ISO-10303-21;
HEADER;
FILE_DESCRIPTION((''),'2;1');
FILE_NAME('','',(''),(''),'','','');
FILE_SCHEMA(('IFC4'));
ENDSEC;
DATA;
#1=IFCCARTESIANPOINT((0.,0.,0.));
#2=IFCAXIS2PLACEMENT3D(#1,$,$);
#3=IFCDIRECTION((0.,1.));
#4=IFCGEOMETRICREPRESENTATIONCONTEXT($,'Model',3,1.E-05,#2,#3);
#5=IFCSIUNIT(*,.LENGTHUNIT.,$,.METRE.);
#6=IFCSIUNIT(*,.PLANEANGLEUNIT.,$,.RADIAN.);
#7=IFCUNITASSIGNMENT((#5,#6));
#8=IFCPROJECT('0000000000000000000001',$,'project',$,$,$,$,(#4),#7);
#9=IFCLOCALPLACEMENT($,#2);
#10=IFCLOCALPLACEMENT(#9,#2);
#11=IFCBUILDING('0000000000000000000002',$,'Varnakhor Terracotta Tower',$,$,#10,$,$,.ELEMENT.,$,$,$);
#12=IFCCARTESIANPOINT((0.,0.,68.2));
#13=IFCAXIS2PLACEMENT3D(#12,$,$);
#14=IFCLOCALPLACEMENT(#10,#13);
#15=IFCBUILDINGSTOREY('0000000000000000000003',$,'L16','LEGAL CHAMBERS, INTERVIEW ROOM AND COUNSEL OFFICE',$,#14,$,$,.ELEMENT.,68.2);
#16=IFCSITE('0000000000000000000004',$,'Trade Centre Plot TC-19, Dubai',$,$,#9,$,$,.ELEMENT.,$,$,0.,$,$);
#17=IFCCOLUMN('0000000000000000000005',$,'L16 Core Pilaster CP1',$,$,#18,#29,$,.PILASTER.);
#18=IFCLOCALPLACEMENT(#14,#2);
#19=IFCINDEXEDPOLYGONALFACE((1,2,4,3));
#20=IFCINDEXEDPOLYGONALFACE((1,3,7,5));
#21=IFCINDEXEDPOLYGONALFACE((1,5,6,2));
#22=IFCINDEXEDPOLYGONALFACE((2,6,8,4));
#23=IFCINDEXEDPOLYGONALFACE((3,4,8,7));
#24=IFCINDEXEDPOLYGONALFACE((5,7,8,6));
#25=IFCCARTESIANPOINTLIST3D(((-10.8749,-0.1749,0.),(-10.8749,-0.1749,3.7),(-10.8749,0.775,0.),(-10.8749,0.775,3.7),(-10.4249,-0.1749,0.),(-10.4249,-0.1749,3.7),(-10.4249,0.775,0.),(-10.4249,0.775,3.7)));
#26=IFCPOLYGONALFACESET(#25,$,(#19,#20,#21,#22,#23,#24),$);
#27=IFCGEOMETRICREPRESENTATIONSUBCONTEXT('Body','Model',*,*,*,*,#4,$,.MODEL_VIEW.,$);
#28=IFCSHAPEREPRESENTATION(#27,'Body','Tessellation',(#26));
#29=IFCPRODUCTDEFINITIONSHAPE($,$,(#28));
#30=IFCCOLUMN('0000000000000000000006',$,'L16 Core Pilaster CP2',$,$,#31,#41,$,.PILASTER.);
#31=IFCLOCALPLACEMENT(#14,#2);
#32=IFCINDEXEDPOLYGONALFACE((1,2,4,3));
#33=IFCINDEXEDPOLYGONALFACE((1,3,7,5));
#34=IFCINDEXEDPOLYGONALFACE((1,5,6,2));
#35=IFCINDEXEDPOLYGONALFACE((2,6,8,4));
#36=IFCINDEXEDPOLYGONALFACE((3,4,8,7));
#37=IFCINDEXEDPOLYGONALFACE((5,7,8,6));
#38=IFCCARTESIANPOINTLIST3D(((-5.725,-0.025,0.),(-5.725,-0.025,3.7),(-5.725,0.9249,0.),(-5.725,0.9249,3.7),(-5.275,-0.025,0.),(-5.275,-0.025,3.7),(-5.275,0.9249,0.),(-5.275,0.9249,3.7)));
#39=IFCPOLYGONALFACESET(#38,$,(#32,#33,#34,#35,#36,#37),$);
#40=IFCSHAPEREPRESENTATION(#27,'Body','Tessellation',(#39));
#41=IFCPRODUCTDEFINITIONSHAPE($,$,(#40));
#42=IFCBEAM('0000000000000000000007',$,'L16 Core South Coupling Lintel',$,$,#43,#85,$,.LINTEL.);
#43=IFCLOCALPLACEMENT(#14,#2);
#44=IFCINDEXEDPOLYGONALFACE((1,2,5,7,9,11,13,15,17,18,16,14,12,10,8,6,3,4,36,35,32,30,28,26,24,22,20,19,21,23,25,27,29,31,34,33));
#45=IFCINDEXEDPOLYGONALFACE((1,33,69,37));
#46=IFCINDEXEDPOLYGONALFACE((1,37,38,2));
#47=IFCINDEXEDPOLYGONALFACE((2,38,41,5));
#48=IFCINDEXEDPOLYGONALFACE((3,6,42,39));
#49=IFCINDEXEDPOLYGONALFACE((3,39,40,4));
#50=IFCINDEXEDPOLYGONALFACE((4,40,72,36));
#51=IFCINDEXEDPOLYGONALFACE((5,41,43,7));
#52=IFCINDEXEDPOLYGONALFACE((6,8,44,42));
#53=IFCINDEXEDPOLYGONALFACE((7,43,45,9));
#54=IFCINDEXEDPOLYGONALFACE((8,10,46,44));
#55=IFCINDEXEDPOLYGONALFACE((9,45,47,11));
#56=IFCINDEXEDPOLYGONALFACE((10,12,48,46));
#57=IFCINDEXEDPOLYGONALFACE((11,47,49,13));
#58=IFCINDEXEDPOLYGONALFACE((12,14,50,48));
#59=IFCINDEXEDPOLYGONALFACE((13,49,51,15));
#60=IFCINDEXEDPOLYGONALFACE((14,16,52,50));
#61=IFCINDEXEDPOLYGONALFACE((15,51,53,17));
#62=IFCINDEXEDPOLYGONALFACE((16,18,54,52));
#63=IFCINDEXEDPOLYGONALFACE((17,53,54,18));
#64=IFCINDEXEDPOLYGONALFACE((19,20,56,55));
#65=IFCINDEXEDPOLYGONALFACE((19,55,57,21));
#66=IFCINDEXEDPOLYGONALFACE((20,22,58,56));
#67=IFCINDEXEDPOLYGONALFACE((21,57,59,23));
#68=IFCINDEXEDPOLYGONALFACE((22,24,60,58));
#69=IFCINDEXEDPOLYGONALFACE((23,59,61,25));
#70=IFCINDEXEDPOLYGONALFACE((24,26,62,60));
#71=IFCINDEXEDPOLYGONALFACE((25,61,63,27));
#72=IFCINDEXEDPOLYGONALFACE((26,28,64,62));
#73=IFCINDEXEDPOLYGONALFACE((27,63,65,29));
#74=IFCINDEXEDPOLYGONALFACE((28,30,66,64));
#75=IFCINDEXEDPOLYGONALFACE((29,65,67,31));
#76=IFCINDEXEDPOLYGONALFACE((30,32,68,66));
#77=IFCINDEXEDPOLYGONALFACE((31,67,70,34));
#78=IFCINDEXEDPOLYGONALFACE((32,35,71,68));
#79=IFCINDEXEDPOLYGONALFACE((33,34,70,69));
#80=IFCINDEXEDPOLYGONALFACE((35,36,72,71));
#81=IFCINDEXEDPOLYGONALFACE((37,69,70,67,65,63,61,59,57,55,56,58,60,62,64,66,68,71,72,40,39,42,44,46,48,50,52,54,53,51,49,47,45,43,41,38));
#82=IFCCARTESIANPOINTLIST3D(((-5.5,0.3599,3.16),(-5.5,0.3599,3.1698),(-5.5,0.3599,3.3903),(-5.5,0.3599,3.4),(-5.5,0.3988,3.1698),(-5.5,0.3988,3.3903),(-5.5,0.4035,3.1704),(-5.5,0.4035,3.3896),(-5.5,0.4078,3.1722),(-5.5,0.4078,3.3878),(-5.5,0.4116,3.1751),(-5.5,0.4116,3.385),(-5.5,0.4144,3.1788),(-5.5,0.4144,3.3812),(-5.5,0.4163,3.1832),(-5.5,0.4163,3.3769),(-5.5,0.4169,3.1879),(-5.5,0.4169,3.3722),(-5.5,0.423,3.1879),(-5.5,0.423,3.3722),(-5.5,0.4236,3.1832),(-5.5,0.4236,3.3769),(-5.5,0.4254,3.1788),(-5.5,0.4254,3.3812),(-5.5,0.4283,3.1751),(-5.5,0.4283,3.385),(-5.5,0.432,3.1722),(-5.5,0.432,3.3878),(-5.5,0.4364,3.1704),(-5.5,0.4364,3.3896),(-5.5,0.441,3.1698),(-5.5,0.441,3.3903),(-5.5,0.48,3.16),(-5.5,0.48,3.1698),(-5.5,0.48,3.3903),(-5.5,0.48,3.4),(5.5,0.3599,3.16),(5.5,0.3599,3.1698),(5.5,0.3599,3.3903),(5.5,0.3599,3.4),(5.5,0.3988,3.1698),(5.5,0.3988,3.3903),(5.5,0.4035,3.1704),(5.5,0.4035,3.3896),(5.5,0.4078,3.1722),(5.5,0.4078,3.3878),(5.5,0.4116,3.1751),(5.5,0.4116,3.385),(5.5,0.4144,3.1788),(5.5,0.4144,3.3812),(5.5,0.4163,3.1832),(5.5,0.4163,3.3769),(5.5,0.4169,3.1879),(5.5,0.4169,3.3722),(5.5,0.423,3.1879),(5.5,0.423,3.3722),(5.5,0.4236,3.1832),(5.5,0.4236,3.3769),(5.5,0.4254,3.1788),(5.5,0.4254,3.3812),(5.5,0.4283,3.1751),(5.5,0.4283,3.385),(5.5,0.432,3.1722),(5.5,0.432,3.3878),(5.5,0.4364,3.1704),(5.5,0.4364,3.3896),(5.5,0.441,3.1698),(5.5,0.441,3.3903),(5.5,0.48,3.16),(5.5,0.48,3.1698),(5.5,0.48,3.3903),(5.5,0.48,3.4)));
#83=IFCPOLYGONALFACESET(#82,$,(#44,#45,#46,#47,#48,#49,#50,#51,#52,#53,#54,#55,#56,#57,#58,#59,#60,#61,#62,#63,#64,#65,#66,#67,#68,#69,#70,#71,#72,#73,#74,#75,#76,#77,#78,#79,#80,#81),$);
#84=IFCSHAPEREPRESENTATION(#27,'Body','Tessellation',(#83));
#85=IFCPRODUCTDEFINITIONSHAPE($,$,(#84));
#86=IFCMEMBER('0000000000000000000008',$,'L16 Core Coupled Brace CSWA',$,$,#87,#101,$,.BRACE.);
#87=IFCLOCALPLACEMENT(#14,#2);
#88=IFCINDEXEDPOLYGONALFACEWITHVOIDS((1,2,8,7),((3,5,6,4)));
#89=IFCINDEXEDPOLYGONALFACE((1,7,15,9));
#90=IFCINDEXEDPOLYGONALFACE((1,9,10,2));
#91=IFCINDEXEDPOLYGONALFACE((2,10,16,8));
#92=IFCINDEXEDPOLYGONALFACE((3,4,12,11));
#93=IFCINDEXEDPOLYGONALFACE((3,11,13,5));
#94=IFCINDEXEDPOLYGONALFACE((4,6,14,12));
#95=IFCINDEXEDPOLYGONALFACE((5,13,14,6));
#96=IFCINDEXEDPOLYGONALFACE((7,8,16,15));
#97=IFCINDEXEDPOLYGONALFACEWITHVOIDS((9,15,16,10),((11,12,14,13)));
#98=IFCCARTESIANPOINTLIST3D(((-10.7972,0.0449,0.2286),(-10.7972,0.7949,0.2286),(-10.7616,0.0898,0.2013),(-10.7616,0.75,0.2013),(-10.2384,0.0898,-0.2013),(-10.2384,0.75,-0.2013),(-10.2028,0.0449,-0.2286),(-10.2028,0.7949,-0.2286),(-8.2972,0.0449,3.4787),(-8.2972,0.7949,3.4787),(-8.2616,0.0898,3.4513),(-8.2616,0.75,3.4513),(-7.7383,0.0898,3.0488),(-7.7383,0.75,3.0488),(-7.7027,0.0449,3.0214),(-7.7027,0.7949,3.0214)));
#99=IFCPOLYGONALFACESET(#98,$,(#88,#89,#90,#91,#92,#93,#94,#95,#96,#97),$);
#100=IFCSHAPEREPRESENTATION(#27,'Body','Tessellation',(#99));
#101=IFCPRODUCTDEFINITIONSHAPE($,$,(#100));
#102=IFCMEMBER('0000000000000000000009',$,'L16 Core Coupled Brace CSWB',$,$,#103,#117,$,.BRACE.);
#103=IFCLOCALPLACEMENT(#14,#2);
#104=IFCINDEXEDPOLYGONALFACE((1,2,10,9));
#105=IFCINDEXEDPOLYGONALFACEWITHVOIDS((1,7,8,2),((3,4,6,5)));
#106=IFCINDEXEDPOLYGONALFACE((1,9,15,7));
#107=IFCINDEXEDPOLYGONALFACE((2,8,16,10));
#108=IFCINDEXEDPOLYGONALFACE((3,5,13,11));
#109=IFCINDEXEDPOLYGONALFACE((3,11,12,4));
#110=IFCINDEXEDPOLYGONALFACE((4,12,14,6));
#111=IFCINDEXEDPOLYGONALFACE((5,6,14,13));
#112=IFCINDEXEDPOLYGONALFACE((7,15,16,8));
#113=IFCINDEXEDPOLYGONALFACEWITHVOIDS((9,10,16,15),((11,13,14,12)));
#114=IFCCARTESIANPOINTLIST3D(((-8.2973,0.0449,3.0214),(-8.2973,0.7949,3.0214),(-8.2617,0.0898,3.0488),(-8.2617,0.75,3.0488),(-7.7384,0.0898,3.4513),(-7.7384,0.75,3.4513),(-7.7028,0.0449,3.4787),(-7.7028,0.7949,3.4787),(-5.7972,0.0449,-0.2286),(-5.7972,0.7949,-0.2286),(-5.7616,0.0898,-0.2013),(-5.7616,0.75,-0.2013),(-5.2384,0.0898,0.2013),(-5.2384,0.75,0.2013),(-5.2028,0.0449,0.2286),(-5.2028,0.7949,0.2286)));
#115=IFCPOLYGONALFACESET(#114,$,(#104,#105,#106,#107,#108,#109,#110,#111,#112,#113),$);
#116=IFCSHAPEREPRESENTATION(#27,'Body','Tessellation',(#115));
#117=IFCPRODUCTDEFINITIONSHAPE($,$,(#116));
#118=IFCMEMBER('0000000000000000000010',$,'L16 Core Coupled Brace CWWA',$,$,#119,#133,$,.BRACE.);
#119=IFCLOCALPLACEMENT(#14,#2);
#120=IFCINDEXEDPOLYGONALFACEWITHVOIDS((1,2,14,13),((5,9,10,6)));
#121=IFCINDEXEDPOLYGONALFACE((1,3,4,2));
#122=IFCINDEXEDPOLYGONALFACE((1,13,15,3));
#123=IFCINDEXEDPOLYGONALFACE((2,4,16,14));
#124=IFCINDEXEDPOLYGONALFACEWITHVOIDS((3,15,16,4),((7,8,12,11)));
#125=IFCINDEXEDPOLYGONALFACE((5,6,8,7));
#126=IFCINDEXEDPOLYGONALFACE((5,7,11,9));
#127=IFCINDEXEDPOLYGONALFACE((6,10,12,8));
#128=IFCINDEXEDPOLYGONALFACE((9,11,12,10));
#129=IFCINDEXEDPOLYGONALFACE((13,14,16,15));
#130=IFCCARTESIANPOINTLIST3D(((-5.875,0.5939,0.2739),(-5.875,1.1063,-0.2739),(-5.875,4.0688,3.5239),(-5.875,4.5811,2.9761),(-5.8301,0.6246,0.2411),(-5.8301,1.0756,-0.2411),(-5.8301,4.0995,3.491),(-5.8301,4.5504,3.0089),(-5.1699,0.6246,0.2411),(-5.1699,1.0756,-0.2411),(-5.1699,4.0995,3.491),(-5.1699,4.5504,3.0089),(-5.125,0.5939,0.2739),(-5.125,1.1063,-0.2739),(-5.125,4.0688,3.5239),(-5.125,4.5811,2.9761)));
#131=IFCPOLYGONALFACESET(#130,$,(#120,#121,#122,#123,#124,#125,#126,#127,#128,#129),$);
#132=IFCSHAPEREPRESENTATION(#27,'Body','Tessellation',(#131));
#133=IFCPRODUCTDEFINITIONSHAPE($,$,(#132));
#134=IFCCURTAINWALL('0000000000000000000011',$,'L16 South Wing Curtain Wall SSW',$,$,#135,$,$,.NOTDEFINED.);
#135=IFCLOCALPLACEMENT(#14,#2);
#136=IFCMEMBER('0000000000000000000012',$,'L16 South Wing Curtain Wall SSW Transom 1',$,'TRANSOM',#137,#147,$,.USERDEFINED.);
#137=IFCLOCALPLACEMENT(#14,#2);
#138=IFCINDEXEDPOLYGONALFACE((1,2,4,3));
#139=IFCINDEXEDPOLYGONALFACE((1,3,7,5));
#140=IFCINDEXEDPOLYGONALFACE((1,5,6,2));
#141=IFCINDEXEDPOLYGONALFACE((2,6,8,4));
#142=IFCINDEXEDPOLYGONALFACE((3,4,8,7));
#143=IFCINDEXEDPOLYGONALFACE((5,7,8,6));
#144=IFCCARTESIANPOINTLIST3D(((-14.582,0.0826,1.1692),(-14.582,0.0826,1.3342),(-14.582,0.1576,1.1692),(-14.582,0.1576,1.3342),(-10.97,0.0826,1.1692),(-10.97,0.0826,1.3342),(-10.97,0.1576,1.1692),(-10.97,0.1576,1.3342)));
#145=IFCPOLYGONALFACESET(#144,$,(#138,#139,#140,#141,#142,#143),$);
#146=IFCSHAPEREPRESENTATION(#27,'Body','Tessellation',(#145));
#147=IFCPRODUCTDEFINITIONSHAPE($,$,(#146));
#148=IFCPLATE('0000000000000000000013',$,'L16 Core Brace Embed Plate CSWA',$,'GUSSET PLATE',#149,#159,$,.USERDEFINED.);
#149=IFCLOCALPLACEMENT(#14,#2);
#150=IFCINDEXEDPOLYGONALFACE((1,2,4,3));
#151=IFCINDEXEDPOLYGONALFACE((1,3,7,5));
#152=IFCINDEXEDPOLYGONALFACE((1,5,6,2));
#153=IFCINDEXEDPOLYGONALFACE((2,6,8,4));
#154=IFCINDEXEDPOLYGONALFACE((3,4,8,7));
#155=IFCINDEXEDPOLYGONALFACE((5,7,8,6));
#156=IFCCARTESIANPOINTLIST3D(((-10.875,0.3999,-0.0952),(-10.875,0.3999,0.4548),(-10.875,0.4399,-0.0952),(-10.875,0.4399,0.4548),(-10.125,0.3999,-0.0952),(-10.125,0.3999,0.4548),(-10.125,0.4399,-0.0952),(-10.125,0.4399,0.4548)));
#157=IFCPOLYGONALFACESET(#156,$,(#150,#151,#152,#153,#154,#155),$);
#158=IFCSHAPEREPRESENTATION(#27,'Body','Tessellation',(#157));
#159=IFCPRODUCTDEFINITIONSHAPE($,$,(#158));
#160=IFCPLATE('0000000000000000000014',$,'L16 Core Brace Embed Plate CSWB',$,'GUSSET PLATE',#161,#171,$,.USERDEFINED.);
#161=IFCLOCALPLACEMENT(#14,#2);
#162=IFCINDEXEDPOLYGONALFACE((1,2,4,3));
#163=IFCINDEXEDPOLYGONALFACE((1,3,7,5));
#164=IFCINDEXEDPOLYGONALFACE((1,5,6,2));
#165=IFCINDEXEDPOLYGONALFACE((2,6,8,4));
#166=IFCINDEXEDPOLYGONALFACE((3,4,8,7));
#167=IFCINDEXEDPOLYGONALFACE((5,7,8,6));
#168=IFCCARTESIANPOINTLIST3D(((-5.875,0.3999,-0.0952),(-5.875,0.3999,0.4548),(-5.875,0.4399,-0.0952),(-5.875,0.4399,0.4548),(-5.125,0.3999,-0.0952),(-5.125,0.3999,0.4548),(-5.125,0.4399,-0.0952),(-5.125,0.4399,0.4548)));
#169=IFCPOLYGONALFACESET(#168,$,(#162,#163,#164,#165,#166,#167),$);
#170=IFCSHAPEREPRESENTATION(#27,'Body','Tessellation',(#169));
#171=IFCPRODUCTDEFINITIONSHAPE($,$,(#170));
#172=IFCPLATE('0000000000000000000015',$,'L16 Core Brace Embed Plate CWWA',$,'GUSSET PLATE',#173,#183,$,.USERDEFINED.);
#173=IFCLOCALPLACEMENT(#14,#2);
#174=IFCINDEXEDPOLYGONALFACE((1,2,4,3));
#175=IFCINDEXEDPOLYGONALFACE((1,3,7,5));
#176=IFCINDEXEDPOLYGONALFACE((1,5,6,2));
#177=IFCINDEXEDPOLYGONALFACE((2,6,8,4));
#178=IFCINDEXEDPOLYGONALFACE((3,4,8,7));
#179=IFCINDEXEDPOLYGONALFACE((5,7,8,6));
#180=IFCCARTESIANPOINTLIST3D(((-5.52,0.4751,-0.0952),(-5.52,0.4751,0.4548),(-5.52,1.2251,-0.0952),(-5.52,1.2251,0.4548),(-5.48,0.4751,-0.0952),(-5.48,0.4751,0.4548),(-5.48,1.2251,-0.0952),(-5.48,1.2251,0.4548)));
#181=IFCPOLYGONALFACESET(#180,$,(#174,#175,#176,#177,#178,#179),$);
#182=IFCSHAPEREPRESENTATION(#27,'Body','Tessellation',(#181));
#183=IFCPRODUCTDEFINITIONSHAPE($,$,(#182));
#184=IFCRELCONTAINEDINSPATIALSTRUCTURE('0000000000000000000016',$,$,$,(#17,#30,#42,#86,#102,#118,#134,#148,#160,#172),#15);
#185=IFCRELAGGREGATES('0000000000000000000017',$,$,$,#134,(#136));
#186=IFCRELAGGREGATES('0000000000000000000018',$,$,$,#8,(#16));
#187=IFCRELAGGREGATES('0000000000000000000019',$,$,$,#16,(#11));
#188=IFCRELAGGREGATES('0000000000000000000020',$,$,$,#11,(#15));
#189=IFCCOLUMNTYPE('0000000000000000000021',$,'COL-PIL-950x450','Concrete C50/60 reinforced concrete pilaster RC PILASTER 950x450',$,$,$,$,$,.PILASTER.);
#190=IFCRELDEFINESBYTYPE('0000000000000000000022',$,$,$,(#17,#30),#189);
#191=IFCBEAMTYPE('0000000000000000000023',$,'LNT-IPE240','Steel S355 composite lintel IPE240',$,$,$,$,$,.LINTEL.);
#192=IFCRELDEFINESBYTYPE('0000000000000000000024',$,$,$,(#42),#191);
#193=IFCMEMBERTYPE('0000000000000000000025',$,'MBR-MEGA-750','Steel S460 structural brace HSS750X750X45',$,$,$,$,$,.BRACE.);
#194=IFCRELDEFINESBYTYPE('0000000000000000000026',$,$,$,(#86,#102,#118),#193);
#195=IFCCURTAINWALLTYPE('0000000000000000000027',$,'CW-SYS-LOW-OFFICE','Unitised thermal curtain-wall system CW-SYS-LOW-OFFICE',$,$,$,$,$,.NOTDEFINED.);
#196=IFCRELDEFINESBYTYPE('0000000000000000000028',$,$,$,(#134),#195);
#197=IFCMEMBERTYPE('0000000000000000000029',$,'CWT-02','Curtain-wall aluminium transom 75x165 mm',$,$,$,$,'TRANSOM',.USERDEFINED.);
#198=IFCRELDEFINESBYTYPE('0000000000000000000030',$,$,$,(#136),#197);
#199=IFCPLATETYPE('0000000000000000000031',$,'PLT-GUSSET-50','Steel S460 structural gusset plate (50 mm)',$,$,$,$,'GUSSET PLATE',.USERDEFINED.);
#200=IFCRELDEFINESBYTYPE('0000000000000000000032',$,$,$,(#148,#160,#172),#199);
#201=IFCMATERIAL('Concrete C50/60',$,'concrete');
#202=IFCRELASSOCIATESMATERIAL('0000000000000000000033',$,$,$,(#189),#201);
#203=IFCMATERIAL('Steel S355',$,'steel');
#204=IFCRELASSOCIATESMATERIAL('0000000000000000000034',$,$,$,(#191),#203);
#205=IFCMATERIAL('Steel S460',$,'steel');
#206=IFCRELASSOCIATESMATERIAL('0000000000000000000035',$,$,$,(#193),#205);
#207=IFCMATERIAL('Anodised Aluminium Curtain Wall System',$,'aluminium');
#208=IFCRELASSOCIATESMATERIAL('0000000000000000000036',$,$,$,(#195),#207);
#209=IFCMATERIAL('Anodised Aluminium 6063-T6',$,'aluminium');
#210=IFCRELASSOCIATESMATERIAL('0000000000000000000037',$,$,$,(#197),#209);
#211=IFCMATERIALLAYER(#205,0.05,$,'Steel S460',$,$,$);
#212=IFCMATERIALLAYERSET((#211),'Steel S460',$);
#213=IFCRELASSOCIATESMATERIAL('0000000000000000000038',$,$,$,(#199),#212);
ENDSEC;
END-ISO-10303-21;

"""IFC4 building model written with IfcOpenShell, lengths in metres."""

from ifc_helpers import new_model, si_unit, direction, frame, origin, origin_2d, place, context, subcontext, project, spatial, rectangle, hollow_rectangle, i_section, extrude, source, transform, mapped, material, layer, layer_set, material_profile, profile_set, type_object, type_shapes, element, aggregate, save


model = new_model("IFC4")

# Units and contexts
model_context = context("Model", 3, precision=1e-05, world=origin(), true_north=direction((0.0, 1.0)))
body_context = subcontext(model_context, "Body", "Model", "MODEL_VIEW")
ifc_project = project(units=[si_unit("LENGTHUNIT", "METRE"), si_unit("PLANEANGLEUNIT", "RADIAN")], contexts=[model_context])

# Site, building, storey
site_placement = place(None, origin())
site = spatial("IfcSite", under=ifc_project, at=site_placement, Name="Trade Centre Plot TC-19, Dubai", CompositionType="ELEMENT", RefElevation=0.0)
building_placement = place(site_placement, origin())
building = spatial("IfcBuilding", under=site, at=building_placement, Name="Varnakhor Terracotta Tower", CompositionType="ELEMENT")
storey_placement = place(building_placement, frame((0.0, 0.0, 68.2)))
storey = spatial("IfcBuildingStorey", under=building, at=storey_placement, Name="L16", Description="LEGAL CHAMBERS, INTERVIEW ROOM AND COUNSEL OFFICE", CompositionType="ELEMENT", Elevation=68.2)

# Columns
ifc_material_1 = material(Name="Concrete C50/60", Category="concrete")
ifc_material_profile_1 = material_profile(ifc_material_1, rectangle(XDim=0.45, YDim=0.95, at=origin_2d()), Name="RC PILASTER 950x450")
ifc_profile_set_1 = profile_set([ifc_material_profile_1], Name="Concrete C50/60")
column_type = type_object("IfcColumnType", Name="COL-PIL-950x450", Description="Concrete C50/60 reinforced concrete pilaster RC PILASTER 950x450", PredefinedType="PILASTER", material=ifc_profile_set_1)
shared_shape_1 = source(origin(), body_context, "Body", "SweptSolid", [
    extrude(rectangle(XDim=0.45, YDim=0.95, at=origin_2d()), origin(), (0.0, 0.0, 1.0), 3.7),
])
for number, where, z_axis, x_axis, name in (
    (1, (-10.6499, 0.3, 0.0), (0.0, 0.0, 1.0), (1.0, 0.0, 0.0), "L16 Core Pilaster CP1"),
    (2, (-5.5, 0.45, 0.0), (0.0, 0.0, 1.0), (1.0, 0.0, 0.0), "L16 Core Pilaster CP2"),
):
    element("IfcColumn", number, at=place(storey_placement, frame(where, z_axis=z_axis, x_axis=x_axis)), inside=storey, type_object=column_type, Name=name, PredefinedType="PILASTER", context=body_context, shape_type="MappedRepresentation", body=[
        mapped(shared_shape_1, transform((0.0, 0.0, 0.0), scale=1.0)),
    ])

# Beam
ifc_material_2 = material(Name="Steel S355", Category="steel")
ifc_material_profile_2 = material_profile(ifc_material_2, i_section(OverallWidth=0.1201, OverallDepth=0.24, WebThickness=0.0061, FlangeThickness=0.0098, FilletRadius=0.0181, at=origin_2d()), Name="IPE240")
ifc_profile_set_2 = profile_set([ifc_material_profile_2], Name="Steel S355")
beam_type = type_object("IfcBeamType", Name="LNT-IPE240", Description="Steel S355 composite lintel IPE240", PredefinedType="LINTEL", material=ifc_profile_set_2)
shared_shape_2 = source(origin(), body_context, "Body", "SweptSolid", [
    extrude(i_section(OverallWidth=0.1201, OverallDepth=0.24, WebThickness=0.0061, FlangeThickness=0.0098, FilletRadius=0.0181, at=origin_2d()), origin(), (0.0, 0.0, 1.0), 11.0),
])
type_shapes(beam_type, [shared_shape_2])
beam_placement = place(storey_placement, frame((-5.5, 0.4199, 3.28), z_axis=(1.0, 0.0, 0.0), x_axis=(0.0, 1.0, 0.0)))
element("IfcBeam", 3, at=beam_placement, inside=storey, type_object=beam_type, Name="L16 Core South Coupling Lintel", PredefinedType="LINTEL", context=body_context, shape_type="MappedRepresentation", body=[
    mapped(shared_shape_2, transform((0.0, 0.0, 0.0), scale=1.0)),
])

# Members
ifc_material_3 = material(Name="Steel S460", Category="steel")
ifc_material_profile_3 = material_profile(ifc_material_3, hollow_rectangle(XDim=0.75, YDim=0.75, WallThickness=0.0449, at=origin_2d()), Name="HSS750X750X45")
ifc_profile_set_3 = profile_set([ifc_material_profile_3], Name="Steel S460")
member_type_1 = type_object("IfcMemberType", Name="MBR-MEGA-750", Description="Steel S460 structural brace HSS750X750X45", PredefinedType="BRACE", material=ifc_profile_set_3)
shared_shape_3 = source(origin(), body_context, "Body", "SweptSolid", [
    extrude(hollow_rectangle(XDim=0.75, YDim=0.75, WallThickness=0.0449, at=origin_2d()), origin(), (0.0, 0.0, 1.0), 4.1003),
])
for number, where, z_axis, x_axis, name in (
    (4, (-10.5, 0.4199, 0.0), (0.609711, 0.0, 0.792624), (0.0, 1.0, 0.0), "L16 Core Coupled Brace CSWA"),
    (5, (-5.5, 0.4199, 0.0), (-0.609711, 0.0, 0.792624), (0.0, -1.0, 0.0), "L16 Core Coupled Brace CSWB"),
):
    element("IfcMember", number, at=place(storey_placement, frame(where, z_axis=z_axis, x_axis=x_axis)), inside=storey, type_object=member_type_1, Name=name, PredefinedType="BRACE", context=body_context, shape_type="MappedRepresentation", body=[
        mapped(shared_shape_3, transform((0.0, 0.0, 0.0), scale=1.0)),
    ])
shared_shape_4 = source(origin(), body_context, "Body", "SweptSolid", [
    extrude(hollow_rectangle(XDim=0.75, YDim=0.75, WallThickness=0.0449, at=origin_2d()), origin(), (0.0, 0.0, 1.0), 4.7578),
])
member_1_placement = place(storey_placement, frame((-5.5, 0.8501, 0.0), z_axis=(0.0, 0.730342, 0.683082), x_axis=(-1.0, 0.0, 0.0)))
element("IfcMember", 6, at=member_1_placement, inside=storey, type_object=member_type_1, Name="L16 Core Coupled Brace CWWA", PredefinedType="BRACE", context=body_context, shape_type="MappedRepresentation", body=[
    mapped(shared_shape_4, transform((0.0, 0.0, 0.0), scale=1.0)),
])

# Curtain wall, member
ifc_material_4 = material(Name="Anodised Aluminium Curtain Wall System", Category="aluminium")
curtain_wall_type = type_object("IfcCurtainWallType", Name="CW-SYS-LOW-OFFICE", Description="Unitised thermal curtain-wall system CW-SYS-LOW-OFFICE", PredefinedType="NOTDEFINED", material=ifc_material_4)
curtain_wall_placement = place(storey_placement, origin())
curtain_wall = element("IfcCurtainWall", 7, at=curtain_wall_placement, inside=storey, type_object=curtain_wall_type, Name="L16 South Wing Curtain Wall SSW", PredefinedType="NOTDEFINED")
ifc_material_5 = material(Name="Anodised Aluminium 6063-T6", Category="aluminium")
ifc_material_profile_4 = material_profile(ifc_material_5, rectangle(XDim=0.075, YDim=0.165, at=origin_2d()), Name="ALU TRANSOM 75x165")
ifc_profile_set_4 = profile_set([ifc_material_profile_4], Name="Anodised Aluminium 6063-T6")
member_type_2 = type_object("IfcMemberType", Name="CWT-02", Description="Curtain-wall aluminium transom 75x165 mm", ElementType="TRANSOM", PredefinedType="USERDEFINED", material=ifc_profile_set_4)
shared_shape_5 = source(origin(), body_context, "Body", "SweptSolid", [
    extrude(rectangle(XDim=0.075, YDim=0.165, at=origin_2d()), origin(), (0.0, 0.0, 1.0), 3.6121),
])
member_2_placement = place(storey_placement, frame((-10.97, 0.1201, 1.2517), z_axis=(-1.0, 0.0, 0.0), x_axis=(0.0, -1.0, 0.0)))
member_2 = element("IfcMember", 8, at=member_2_placement, type_object=member_type_2, Name="L16 South Wing Curtain Wall SSW Transom 1", ObjectType="TRANSOM", PredefinedType="USERDEFINED", context=body_context, shape_type="MappedRepresentation", body=[
    mapped(shared_shape_5, transform((0.0, 0.0, 0.0), scale=1.0)),
])
aggregate(curtain_wall, [member_2])

# Plates
ifc_layer_1 = layer(ifc_material_3, 0.05, Name="Steel S460")
ifc_layer_set_1 = layer_set([ifc_layer_1], Name="Steel S460")
plate_type = type_object("IfcPlateType", Name="PLT-GUSSET-50", Description="Steel S460 structural gusset plate (50 mm)", ElementType="GUSSET PLATE", PredefinedType="USERDEFINED", material=ifc_layer_set_1)
shared_shape_6 = source(origin(), body_context, "Body", "SweptSolid", [
    extrude(rectangle(XDim=0.75, YDim=0.04, at=origin_2d()), origin(), (0.0, 0.0, 1.0), 0.55),
])
type_shapes(plate_type, [shared_shape_6])
for number, where, z_axis, x_axis, name in (
    (9, (-10.5, 0.4199, -0.0952), (0.0, 0.0, 1.0), (1.0, 0.0, 0.0), "L16 Core Brace Embed Plate CSWA"),
    (10, (-5.5, 0.4199, -0.0952), (0.0, 0.0, 1.0), (1.0, 0.0, 0.0), "L16 Core Brace Embed Plate CSWB"),
    (11, (-5.5, 0.8501, -0.0952), (0.0, 0.0, 1.0), (0.0, 1.0, 0.0), "L16 Core Brace Embed Plate CWWA"),
):
    element("IfcPlate", number, at=place(storey_placement, frame(where, z_axis=z_axis, x_axis=x_axis)), inside=storey, type_object=plate_type, Name=name, ObjectType="GUSSET PLATE", PredefinedType="USERDEFINED", context=body_context, shape_type="MappedRepresentation", body=[
        mapped(shared_shape_6, transform((0.0, 0.0, 0.0), scale=1.0)),
    ])

save(model, "model.ifc")
